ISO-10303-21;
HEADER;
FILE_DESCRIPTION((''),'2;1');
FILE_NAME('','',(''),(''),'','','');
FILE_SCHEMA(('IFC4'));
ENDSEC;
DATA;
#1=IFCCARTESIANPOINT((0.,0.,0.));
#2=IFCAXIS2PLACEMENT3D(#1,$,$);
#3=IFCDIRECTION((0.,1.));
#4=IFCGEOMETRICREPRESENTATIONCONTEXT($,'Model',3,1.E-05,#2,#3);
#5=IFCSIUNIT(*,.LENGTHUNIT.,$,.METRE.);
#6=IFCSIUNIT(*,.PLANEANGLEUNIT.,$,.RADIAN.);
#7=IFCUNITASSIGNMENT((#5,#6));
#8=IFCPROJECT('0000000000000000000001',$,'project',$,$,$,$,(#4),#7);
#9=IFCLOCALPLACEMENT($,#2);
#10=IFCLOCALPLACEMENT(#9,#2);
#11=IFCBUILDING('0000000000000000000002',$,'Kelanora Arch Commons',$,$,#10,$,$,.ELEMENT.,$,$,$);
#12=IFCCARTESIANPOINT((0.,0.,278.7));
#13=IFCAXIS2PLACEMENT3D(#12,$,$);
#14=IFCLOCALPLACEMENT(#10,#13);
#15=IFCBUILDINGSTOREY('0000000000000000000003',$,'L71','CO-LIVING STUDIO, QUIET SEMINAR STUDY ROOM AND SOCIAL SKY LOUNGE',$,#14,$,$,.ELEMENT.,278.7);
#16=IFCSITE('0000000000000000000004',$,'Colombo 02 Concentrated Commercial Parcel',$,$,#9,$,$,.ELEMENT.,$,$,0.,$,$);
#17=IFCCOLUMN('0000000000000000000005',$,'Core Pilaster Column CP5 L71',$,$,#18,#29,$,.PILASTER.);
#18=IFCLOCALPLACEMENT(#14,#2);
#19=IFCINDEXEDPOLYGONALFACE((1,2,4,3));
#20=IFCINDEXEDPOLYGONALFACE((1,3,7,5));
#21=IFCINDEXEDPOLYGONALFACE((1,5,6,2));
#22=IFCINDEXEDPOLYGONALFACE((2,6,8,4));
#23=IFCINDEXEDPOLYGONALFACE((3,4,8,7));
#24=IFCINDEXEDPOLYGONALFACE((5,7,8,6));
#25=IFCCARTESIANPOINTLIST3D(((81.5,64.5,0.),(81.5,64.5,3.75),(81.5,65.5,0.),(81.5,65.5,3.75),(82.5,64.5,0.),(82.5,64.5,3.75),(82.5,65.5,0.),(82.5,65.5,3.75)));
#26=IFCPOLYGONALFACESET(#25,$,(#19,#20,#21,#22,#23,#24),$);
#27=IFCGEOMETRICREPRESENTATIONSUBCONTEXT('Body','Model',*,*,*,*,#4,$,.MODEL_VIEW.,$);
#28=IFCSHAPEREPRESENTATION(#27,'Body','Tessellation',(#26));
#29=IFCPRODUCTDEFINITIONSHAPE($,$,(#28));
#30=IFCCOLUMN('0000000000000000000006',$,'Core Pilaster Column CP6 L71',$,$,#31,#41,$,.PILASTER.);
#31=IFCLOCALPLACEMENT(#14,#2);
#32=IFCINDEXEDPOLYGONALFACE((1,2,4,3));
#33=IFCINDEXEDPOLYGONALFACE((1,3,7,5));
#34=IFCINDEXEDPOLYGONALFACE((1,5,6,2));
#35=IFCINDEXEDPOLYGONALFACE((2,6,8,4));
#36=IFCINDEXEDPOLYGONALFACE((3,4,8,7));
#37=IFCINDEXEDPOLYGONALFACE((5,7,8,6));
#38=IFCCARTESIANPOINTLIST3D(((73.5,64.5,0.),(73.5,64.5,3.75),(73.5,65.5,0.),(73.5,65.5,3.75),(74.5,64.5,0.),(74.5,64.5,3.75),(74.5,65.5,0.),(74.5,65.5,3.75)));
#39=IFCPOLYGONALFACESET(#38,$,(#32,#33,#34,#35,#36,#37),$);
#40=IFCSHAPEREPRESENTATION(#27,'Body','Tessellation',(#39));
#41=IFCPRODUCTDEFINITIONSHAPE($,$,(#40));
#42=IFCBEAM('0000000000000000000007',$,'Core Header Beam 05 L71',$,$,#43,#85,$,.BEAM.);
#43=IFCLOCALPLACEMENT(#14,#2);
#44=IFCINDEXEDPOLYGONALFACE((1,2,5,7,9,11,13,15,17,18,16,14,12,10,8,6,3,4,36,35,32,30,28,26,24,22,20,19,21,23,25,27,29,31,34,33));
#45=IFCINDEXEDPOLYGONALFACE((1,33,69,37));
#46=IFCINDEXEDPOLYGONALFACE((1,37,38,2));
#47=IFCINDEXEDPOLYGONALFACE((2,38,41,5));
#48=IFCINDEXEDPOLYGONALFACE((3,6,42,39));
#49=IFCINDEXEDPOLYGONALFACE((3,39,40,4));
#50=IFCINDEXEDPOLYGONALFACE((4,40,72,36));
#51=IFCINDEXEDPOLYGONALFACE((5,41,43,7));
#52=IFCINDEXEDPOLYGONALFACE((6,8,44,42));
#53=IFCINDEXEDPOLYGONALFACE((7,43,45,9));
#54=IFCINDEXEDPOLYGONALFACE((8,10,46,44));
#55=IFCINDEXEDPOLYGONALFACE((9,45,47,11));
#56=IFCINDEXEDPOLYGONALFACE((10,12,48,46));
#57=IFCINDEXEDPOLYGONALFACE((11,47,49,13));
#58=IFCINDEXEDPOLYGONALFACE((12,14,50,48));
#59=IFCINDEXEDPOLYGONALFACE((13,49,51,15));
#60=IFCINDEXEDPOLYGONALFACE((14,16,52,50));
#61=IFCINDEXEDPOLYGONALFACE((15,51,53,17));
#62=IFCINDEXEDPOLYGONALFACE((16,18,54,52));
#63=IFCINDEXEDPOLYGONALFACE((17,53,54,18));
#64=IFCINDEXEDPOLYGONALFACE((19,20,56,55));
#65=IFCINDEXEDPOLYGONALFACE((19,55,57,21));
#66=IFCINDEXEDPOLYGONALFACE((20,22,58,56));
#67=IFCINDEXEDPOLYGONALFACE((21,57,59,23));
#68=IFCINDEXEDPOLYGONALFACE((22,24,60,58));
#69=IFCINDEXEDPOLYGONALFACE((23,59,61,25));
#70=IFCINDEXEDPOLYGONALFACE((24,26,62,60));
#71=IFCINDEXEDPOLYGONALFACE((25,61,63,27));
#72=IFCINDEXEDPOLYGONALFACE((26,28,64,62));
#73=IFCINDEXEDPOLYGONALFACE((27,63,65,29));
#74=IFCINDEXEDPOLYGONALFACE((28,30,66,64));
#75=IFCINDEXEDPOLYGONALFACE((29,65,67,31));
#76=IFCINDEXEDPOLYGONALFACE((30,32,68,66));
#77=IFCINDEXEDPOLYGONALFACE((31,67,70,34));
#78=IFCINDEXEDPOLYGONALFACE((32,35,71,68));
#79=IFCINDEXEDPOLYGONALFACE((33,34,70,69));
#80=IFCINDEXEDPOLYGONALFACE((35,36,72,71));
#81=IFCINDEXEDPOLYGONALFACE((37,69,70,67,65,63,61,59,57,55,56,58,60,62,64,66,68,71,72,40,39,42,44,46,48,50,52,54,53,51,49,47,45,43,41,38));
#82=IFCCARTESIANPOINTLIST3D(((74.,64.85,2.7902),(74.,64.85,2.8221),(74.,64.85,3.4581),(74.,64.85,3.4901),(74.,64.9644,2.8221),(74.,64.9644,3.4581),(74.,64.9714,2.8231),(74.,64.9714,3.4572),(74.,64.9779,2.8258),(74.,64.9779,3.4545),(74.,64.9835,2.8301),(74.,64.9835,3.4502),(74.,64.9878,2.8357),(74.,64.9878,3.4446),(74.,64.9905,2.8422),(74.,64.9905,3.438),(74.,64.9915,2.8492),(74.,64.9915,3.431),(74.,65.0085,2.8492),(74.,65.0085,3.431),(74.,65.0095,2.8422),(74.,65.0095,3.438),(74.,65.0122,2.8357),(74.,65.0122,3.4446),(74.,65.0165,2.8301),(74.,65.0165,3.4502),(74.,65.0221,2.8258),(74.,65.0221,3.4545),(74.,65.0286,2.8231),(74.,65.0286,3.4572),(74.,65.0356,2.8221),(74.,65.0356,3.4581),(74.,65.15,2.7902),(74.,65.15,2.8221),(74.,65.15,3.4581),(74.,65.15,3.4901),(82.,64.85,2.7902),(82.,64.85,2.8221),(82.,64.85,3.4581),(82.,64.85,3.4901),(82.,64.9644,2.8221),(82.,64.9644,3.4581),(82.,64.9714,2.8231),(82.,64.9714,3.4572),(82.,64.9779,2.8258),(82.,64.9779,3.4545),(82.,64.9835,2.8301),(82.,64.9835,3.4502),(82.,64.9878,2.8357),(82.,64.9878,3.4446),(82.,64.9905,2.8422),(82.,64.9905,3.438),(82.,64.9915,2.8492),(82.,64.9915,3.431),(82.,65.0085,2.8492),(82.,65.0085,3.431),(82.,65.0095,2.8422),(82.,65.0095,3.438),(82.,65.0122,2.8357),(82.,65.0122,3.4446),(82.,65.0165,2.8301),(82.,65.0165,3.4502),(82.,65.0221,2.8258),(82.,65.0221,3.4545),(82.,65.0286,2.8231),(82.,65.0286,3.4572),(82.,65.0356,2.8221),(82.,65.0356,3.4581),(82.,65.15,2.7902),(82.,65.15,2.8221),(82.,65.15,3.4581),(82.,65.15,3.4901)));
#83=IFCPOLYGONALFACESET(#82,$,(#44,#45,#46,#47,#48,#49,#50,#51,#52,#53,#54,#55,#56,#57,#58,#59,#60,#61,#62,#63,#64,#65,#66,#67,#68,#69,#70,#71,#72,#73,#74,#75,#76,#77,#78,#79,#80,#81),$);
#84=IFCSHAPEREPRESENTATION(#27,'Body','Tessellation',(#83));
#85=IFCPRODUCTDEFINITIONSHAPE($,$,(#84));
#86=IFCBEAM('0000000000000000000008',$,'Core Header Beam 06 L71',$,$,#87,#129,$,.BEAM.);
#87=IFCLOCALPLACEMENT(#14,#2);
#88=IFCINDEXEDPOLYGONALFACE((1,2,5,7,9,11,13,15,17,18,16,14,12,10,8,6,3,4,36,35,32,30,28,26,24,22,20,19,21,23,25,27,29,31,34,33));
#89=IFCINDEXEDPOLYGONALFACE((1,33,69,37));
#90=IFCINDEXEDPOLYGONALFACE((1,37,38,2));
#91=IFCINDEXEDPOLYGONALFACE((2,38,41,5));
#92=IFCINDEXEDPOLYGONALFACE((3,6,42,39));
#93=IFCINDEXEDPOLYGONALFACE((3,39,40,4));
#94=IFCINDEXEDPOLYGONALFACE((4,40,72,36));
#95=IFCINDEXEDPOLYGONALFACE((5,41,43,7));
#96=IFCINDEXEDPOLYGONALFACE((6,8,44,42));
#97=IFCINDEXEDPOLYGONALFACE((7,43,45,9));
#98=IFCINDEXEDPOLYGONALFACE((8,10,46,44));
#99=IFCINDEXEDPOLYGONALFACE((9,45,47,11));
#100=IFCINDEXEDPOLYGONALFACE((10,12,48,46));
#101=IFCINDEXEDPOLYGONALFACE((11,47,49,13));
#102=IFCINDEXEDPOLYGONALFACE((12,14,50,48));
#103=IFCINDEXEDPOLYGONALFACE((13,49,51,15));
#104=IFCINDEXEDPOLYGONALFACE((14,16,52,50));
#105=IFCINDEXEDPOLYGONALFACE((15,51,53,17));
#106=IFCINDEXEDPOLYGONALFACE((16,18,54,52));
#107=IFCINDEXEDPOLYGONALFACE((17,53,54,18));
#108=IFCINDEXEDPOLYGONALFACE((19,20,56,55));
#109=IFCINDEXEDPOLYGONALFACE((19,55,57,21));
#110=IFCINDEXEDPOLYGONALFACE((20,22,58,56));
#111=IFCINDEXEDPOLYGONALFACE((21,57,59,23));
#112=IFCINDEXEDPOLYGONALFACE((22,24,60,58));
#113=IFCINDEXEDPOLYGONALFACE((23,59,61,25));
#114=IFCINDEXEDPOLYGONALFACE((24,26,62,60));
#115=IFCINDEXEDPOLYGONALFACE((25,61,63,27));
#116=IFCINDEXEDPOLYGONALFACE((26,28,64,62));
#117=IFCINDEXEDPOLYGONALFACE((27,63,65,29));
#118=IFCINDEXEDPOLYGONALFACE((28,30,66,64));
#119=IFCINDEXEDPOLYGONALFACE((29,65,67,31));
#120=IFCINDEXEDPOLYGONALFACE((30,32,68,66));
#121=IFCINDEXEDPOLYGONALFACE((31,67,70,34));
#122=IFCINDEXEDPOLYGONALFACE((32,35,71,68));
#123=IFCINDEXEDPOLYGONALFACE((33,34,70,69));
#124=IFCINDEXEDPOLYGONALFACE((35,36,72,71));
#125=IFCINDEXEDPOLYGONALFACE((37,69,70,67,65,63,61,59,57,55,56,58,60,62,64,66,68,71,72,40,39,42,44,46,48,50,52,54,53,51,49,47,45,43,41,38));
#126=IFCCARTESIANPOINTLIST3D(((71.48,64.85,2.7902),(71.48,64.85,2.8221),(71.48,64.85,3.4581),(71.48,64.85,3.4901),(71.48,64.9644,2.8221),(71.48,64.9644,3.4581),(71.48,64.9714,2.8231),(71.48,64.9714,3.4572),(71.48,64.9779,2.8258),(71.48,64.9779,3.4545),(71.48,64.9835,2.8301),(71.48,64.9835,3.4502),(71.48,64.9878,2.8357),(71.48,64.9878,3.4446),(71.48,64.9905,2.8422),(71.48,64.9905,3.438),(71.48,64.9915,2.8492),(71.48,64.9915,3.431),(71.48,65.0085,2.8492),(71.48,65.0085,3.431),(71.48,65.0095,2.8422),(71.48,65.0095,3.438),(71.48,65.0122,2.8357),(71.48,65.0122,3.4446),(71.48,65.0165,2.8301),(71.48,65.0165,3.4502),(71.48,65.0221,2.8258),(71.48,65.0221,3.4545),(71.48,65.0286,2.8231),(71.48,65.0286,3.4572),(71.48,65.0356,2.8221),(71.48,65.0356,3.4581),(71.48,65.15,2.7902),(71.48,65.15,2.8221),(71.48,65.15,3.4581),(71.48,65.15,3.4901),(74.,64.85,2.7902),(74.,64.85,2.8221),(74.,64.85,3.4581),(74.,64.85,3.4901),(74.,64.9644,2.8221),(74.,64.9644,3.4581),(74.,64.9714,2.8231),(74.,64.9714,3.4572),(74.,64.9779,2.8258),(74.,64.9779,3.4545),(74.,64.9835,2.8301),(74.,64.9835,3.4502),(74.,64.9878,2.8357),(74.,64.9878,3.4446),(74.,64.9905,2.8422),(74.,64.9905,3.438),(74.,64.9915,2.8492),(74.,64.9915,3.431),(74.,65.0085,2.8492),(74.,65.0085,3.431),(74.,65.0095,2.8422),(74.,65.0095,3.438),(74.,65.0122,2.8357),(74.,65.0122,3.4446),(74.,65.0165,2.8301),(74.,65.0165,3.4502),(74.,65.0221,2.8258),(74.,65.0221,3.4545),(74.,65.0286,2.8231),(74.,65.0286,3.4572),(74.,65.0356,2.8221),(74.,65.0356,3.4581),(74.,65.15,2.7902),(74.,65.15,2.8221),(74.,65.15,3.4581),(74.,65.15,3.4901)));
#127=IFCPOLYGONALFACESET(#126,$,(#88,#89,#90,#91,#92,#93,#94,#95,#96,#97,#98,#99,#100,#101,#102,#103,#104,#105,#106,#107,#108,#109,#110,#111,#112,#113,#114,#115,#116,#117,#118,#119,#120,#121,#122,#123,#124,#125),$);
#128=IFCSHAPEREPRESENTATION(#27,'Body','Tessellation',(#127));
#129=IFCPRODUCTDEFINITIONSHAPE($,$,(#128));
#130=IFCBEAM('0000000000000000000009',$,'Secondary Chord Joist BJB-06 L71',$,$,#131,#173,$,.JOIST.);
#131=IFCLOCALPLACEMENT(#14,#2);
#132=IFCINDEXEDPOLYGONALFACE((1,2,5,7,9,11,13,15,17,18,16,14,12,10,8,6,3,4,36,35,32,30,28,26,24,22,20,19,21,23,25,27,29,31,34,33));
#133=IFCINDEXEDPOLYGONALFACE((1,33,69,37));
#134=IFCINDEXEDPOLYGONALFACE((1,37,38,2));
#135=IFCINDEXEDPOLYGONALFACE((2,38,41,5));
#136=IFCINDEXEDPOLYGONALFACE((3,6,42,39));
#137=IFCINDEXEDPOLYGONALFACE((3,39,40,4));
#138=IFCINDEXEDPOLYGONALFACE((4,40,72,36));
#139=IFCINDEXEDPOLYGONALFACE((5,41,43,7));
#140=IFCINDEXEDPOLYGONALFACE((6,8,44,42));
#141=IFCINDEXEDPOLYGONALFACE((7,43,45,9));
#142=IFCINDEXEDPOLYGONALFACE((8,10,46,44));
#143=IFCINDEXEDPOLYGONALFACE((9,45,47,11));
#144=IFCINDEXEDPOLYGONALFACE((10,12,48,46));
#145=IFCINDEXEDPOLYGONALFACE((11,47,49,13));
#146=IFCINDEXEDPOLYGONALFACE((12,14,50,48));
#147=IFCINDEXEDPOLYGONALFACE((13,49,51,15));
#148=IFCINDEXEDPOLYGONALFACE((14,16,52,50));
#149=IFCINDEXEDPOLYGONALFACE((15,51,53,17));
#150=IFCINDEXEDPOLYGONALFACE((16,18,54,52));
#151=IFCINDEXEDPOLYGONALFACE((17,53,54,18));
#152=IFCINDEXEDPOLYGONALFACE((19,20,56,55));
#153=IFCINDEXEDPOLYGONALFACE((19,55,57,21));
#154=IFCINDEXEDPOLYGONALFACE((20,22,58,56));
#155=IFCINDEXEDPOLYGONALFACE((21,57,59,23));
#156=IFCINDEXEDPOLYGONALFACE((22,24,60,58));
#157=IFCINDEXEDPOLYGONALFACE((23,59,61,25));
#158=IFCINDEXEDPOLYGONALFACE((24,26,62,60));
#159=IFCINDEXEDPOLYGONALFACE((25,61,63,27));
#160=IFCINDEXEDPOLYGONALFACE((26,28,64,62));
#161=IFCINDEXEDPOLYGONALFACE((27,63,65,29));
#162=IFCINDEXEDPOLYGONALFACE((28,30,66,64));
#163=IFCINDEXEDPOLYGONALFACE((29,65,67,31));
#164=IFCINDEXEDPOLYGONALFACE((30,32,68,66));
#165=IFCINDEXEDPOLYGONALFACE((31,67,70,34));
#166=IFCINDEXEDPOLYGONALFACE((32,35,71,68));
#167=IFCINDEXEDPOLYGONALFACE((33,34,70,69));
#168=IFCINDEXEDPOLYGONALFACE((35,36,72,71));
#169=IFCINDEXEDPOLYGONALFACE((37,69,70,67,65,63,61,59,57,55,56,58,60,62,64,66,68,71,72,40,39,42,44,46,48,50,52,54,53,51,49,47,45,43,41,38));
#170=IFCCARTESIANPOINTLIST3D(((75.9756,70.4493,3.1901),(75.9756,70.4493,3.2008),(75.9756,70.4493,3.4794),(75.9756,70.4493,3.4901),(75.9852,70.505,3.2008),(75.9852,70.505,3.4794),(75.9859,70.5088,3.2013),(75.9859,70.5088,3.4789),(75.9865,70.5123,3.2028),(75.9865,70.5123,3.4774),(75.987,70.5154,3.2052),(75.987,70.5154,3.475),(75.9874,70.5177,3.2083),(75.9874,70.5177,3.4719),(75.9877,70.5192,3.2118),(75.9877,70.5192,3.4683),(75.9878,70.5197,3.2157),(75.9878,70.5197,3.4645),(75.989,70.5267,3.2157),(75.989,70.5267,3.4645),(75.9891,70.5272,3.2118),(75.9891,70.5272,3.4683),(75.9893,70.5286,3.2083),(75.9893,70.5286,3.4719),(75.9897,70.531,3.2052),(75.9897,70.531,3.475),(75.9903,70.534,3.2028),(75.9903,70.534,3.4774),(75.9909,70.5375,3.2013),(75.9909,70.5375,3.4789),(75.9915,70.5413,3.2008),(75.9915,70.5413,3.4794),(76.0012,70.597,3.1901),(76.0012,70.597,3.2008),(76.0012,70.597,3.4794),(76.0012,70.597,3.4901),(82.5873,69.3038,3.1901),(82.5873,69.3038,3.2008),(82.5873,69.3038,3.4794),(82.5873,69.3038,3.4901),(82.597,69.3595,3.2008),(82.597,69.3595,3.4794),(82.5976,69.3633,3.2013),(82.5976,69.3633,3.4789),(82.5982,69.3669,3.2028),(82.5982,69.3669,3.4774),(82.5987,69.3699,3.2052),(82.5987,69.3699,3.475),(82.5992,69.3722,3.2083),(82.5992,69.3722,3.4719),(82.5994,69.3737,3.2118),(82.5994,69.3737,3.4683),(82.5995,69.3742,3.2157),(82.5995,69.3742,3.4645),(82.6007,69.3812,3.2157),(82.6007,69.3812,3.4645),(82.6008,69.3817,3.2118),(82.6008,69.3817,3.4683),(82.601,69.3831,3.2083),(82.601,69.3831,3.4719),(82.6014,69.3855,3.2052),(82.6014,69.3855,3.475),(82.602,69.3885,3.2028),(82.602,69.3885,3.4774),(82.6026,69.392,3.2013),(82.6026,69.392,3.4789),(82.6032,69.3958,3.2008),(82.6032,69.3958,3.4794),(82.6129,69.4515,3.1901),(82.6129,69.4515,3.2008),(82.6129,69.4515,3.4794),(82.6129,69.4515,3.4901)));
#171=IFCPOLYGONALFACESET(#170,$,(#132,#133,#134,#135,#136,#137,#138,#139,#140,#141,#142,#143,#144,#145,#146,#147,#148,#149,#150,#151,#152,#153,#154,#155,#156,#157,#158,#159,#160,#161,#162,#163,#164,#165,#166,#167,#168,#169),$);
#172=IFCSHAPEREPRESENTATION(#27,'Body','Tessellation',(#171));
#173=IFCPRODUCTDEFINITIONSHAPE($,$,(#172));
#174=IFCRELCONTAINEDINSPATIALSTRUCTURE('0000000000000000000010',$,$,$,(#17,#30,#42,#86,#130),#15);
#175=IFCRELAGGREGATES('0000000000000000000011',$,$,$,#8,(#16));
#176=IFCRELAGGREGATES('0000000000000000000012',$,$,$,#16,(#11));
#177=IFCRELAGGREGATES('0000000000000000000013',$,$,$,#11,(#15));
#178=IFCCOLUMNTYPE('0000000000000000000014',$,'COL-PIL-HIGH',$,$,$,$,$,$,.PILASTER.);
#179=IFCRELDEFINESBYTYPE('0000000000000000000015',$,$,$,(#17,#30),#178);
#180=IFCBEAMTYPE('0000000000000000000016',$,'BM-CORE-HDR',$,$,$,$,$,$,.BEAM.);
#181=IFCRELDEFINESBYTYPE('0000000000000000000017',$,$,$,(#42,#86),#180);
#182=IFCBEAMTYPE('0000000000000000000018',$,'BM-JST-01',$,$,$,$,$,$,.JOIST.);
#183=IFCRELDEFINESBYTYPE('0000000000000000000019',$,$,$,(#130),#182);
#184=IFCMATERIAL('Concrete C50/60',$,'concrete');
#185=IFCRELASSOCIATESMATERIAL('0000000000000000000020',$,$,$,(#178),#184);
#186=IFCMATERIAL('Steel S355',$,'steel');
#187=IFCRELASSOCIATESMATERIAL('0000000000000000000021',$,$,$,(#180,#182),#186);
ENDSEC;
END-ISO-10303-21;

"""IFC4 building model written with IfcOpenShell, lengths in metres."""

from ifc_helpers import new_model, si_unit, direction, frame, origin, origin_2d, place, context, subcontext, project, spatial, rectangle, i_section, extrude, material, material_profile, profile_set, type_object, element, save


model = new_model("IFC4")

# Units and contexts
model_context = context("Model", 3, precision=1e-05, world=origin(), true_north=direction((0.0, 1.0)))
body_context = subcontext(model_context, "Body", "Model", "MODEL_VIEW")
ifc_project = project(units=[si_unit("LENGTHUNIT", "METRE"), si_unit("PLANEANGLEUNIT", "RADIAN")], contexts=[model_context])

# Site, building, storey
site_placement = place(None, origin())
site = spatial("IfcSite", under=ifc_project, at=site_placement, Name="Colombo 02 Concentrated Commercial Parcel", CompositionType="ELEMENT", RefElevation=0.0)
building_placement = place(site_placement, origin())
building = spatial("IfcBuilding", under=site, at=building_placement, Name="Kelanora Arch Commons", CompositionType="ELEMENT")
storey_placement = place(building_placement, frame((0.0, 0.0, 278.7)))
storey = spatial("IfcBuildingStorey", under=building, at=storey_placement, Name="L71", Description="CO-LIVING STUDIO, QUIET SEMINAR STUDY ROOM AND SOCIAL SKY LOUNGE", CompositionType="ELEMENT", Elevation=278.7)

# Columns
ifc_material_1 = material(Name="Concrete C50/60", Category="concrete")
ifc_material_profile_1 = material_profile(ifc_material_1, rectangle(XDim=1.0, YDim=1.0, at=origin_2d()), Name="RC1000x1000")
ifc_profile_set_1 = profile_set([ifc_material_profile_1], Name="Concrete C50/60")
column_type = type_object("IfcColumnType", Name="COL-PIL-HIGH", PredefinedType="PILASTER", material=ifc_profile_set_1)
for number, where, z_axis, x_axis, name in (
    (1, (82.0, 65.0, 0.0), (0.0, 0.0, 1.0), (1.0, 0.0, 0.0), "Core Pilaster Column CP5 L71"),
    (2, (74.0, 65.0, 0.0), (0.0, 0.0, 1.0), (1.0, 0.0, 0.0), "Core Pilaster Column CP6 L71"),
):
    element("IfcColumn", number, at=place(storey_placement, frame(where, z_axis=z_axis, x_axis=x_axis)), inside=storey, type_object=column_type, Name=name, PredefinedType="PILASTER", context=body_context, shape_type="SweptSolid", body=[
        extrude(rectangle(XDim=1.0, YDim=1.0, at=origin_2d()), origin(), (0.0, 0.0, 1.0), 3.75),
    ])

# Beams
ifc_material_2 = material(Name="Steel S355", Category="steel")
ifc_material_profile_2 = material_profile(ifc_material_2, i_section(OverallWidth=0.3, OverallDepth=0.7, WebThickness=0.0171, FlangeThickness=0.032, FilletRadius=0.0271, at=origin_2d()), Name="HEB700")
ifc_profile_set_2 = profile_set([ifc_material_profile_2], Name="Steel S355")
beam_type_1 = type_object("IfcBeamType", Name="BM-CORE-HDR", PredefinedType="BEAM", material=ifc_profile_set_2)
beam_1_placement = place(storey_placement, frame((82.0, 65.0, 3.1401), z_axis=(-1.0, 0.0, 0.0), x_axis=(0.0, -1.0, 0.0)))
element("IfcBeam", 3, at=beam_1_placement, inside=storey, type_object=beam_type_1, Name="Core Header Beam 05 L71", PredefinedType="BEAM", context=body_context, shape_type="SweptSolid", body=[
    extrude(i_section(OverallWidth=0.3, OverallDepth=0.7, WebThickness=0.0171, FlangeThickness=0.032, FilletRadius=0.0271, at=origin_2d()), origin(), (0.0, 0.0, 1.0), 8.0),
])
beam_2_placement = place(storey_placement, frame((74.0, 65.0, 3.1401), z_axis=(-1.0, 0.0, 0.0), x_axis=(0.0, -1.0, 0.0)))
element("IfcBeam", 4, at=beam_2_placement, inside=storey, type_object=beam_type_1, Name="Core Header Beam 06 L71", PredefinedType="BEAM", context=body_context, shape_type="SweptSolid", body=[
    extrude(i_section(OverallWidth=0.3, OverallDepth=0.7, WebThickness=0.0171, FlangeThickness=0.032, FilletRadius=0.0271, at=origin_2d()), origin(), (0.0, 0.0, 1.0), 2.52),
])
ifc_material_profile_3 = material_profile(ifc_material_2, i_section(OverallWidth=0.1499, OverallDepth=0.3, WebThickness=0.0071, FlangeThickness=0.0107, FilletRadius=0.0149, at=origin_2d()), Name="IPE300")
ifc_profile_set_3 = profile_set([ifc_material_profile_3], Name="Steel S355")
beam_type_2 = type_object("IfcBeamType", Name="BM-JST-01", PredefinedType="JOIST", material=ifc_profile_set_3)
beam_3_placement = place(storey_placement, frame((82.6001, 69.3777, 3.3401), z_axis=(-0.985322, 0.170709, 0.0), x_axis=(-0.170709, -0.985322, 0.0)))
element("IfcBeam", 5, at=beam_3_placement, inside=storey, type_object=beam_type_2, Name="Secondary Chord Joist BJB-06 L71", PredefinedType="JOIST", context=body_context, shape_type="SweptSolid", body=[
    extrude(i_section(OverallWidth=0.1499, OverallDepth=0.3, WebThickness=0.0071, FlangeThickness=0.0107, FilletRadius=0.0149, at=origin_2d()), origin(), (0.0, 0.0, 1.0), 6.7102),
])

save(model, "model.ifc")
